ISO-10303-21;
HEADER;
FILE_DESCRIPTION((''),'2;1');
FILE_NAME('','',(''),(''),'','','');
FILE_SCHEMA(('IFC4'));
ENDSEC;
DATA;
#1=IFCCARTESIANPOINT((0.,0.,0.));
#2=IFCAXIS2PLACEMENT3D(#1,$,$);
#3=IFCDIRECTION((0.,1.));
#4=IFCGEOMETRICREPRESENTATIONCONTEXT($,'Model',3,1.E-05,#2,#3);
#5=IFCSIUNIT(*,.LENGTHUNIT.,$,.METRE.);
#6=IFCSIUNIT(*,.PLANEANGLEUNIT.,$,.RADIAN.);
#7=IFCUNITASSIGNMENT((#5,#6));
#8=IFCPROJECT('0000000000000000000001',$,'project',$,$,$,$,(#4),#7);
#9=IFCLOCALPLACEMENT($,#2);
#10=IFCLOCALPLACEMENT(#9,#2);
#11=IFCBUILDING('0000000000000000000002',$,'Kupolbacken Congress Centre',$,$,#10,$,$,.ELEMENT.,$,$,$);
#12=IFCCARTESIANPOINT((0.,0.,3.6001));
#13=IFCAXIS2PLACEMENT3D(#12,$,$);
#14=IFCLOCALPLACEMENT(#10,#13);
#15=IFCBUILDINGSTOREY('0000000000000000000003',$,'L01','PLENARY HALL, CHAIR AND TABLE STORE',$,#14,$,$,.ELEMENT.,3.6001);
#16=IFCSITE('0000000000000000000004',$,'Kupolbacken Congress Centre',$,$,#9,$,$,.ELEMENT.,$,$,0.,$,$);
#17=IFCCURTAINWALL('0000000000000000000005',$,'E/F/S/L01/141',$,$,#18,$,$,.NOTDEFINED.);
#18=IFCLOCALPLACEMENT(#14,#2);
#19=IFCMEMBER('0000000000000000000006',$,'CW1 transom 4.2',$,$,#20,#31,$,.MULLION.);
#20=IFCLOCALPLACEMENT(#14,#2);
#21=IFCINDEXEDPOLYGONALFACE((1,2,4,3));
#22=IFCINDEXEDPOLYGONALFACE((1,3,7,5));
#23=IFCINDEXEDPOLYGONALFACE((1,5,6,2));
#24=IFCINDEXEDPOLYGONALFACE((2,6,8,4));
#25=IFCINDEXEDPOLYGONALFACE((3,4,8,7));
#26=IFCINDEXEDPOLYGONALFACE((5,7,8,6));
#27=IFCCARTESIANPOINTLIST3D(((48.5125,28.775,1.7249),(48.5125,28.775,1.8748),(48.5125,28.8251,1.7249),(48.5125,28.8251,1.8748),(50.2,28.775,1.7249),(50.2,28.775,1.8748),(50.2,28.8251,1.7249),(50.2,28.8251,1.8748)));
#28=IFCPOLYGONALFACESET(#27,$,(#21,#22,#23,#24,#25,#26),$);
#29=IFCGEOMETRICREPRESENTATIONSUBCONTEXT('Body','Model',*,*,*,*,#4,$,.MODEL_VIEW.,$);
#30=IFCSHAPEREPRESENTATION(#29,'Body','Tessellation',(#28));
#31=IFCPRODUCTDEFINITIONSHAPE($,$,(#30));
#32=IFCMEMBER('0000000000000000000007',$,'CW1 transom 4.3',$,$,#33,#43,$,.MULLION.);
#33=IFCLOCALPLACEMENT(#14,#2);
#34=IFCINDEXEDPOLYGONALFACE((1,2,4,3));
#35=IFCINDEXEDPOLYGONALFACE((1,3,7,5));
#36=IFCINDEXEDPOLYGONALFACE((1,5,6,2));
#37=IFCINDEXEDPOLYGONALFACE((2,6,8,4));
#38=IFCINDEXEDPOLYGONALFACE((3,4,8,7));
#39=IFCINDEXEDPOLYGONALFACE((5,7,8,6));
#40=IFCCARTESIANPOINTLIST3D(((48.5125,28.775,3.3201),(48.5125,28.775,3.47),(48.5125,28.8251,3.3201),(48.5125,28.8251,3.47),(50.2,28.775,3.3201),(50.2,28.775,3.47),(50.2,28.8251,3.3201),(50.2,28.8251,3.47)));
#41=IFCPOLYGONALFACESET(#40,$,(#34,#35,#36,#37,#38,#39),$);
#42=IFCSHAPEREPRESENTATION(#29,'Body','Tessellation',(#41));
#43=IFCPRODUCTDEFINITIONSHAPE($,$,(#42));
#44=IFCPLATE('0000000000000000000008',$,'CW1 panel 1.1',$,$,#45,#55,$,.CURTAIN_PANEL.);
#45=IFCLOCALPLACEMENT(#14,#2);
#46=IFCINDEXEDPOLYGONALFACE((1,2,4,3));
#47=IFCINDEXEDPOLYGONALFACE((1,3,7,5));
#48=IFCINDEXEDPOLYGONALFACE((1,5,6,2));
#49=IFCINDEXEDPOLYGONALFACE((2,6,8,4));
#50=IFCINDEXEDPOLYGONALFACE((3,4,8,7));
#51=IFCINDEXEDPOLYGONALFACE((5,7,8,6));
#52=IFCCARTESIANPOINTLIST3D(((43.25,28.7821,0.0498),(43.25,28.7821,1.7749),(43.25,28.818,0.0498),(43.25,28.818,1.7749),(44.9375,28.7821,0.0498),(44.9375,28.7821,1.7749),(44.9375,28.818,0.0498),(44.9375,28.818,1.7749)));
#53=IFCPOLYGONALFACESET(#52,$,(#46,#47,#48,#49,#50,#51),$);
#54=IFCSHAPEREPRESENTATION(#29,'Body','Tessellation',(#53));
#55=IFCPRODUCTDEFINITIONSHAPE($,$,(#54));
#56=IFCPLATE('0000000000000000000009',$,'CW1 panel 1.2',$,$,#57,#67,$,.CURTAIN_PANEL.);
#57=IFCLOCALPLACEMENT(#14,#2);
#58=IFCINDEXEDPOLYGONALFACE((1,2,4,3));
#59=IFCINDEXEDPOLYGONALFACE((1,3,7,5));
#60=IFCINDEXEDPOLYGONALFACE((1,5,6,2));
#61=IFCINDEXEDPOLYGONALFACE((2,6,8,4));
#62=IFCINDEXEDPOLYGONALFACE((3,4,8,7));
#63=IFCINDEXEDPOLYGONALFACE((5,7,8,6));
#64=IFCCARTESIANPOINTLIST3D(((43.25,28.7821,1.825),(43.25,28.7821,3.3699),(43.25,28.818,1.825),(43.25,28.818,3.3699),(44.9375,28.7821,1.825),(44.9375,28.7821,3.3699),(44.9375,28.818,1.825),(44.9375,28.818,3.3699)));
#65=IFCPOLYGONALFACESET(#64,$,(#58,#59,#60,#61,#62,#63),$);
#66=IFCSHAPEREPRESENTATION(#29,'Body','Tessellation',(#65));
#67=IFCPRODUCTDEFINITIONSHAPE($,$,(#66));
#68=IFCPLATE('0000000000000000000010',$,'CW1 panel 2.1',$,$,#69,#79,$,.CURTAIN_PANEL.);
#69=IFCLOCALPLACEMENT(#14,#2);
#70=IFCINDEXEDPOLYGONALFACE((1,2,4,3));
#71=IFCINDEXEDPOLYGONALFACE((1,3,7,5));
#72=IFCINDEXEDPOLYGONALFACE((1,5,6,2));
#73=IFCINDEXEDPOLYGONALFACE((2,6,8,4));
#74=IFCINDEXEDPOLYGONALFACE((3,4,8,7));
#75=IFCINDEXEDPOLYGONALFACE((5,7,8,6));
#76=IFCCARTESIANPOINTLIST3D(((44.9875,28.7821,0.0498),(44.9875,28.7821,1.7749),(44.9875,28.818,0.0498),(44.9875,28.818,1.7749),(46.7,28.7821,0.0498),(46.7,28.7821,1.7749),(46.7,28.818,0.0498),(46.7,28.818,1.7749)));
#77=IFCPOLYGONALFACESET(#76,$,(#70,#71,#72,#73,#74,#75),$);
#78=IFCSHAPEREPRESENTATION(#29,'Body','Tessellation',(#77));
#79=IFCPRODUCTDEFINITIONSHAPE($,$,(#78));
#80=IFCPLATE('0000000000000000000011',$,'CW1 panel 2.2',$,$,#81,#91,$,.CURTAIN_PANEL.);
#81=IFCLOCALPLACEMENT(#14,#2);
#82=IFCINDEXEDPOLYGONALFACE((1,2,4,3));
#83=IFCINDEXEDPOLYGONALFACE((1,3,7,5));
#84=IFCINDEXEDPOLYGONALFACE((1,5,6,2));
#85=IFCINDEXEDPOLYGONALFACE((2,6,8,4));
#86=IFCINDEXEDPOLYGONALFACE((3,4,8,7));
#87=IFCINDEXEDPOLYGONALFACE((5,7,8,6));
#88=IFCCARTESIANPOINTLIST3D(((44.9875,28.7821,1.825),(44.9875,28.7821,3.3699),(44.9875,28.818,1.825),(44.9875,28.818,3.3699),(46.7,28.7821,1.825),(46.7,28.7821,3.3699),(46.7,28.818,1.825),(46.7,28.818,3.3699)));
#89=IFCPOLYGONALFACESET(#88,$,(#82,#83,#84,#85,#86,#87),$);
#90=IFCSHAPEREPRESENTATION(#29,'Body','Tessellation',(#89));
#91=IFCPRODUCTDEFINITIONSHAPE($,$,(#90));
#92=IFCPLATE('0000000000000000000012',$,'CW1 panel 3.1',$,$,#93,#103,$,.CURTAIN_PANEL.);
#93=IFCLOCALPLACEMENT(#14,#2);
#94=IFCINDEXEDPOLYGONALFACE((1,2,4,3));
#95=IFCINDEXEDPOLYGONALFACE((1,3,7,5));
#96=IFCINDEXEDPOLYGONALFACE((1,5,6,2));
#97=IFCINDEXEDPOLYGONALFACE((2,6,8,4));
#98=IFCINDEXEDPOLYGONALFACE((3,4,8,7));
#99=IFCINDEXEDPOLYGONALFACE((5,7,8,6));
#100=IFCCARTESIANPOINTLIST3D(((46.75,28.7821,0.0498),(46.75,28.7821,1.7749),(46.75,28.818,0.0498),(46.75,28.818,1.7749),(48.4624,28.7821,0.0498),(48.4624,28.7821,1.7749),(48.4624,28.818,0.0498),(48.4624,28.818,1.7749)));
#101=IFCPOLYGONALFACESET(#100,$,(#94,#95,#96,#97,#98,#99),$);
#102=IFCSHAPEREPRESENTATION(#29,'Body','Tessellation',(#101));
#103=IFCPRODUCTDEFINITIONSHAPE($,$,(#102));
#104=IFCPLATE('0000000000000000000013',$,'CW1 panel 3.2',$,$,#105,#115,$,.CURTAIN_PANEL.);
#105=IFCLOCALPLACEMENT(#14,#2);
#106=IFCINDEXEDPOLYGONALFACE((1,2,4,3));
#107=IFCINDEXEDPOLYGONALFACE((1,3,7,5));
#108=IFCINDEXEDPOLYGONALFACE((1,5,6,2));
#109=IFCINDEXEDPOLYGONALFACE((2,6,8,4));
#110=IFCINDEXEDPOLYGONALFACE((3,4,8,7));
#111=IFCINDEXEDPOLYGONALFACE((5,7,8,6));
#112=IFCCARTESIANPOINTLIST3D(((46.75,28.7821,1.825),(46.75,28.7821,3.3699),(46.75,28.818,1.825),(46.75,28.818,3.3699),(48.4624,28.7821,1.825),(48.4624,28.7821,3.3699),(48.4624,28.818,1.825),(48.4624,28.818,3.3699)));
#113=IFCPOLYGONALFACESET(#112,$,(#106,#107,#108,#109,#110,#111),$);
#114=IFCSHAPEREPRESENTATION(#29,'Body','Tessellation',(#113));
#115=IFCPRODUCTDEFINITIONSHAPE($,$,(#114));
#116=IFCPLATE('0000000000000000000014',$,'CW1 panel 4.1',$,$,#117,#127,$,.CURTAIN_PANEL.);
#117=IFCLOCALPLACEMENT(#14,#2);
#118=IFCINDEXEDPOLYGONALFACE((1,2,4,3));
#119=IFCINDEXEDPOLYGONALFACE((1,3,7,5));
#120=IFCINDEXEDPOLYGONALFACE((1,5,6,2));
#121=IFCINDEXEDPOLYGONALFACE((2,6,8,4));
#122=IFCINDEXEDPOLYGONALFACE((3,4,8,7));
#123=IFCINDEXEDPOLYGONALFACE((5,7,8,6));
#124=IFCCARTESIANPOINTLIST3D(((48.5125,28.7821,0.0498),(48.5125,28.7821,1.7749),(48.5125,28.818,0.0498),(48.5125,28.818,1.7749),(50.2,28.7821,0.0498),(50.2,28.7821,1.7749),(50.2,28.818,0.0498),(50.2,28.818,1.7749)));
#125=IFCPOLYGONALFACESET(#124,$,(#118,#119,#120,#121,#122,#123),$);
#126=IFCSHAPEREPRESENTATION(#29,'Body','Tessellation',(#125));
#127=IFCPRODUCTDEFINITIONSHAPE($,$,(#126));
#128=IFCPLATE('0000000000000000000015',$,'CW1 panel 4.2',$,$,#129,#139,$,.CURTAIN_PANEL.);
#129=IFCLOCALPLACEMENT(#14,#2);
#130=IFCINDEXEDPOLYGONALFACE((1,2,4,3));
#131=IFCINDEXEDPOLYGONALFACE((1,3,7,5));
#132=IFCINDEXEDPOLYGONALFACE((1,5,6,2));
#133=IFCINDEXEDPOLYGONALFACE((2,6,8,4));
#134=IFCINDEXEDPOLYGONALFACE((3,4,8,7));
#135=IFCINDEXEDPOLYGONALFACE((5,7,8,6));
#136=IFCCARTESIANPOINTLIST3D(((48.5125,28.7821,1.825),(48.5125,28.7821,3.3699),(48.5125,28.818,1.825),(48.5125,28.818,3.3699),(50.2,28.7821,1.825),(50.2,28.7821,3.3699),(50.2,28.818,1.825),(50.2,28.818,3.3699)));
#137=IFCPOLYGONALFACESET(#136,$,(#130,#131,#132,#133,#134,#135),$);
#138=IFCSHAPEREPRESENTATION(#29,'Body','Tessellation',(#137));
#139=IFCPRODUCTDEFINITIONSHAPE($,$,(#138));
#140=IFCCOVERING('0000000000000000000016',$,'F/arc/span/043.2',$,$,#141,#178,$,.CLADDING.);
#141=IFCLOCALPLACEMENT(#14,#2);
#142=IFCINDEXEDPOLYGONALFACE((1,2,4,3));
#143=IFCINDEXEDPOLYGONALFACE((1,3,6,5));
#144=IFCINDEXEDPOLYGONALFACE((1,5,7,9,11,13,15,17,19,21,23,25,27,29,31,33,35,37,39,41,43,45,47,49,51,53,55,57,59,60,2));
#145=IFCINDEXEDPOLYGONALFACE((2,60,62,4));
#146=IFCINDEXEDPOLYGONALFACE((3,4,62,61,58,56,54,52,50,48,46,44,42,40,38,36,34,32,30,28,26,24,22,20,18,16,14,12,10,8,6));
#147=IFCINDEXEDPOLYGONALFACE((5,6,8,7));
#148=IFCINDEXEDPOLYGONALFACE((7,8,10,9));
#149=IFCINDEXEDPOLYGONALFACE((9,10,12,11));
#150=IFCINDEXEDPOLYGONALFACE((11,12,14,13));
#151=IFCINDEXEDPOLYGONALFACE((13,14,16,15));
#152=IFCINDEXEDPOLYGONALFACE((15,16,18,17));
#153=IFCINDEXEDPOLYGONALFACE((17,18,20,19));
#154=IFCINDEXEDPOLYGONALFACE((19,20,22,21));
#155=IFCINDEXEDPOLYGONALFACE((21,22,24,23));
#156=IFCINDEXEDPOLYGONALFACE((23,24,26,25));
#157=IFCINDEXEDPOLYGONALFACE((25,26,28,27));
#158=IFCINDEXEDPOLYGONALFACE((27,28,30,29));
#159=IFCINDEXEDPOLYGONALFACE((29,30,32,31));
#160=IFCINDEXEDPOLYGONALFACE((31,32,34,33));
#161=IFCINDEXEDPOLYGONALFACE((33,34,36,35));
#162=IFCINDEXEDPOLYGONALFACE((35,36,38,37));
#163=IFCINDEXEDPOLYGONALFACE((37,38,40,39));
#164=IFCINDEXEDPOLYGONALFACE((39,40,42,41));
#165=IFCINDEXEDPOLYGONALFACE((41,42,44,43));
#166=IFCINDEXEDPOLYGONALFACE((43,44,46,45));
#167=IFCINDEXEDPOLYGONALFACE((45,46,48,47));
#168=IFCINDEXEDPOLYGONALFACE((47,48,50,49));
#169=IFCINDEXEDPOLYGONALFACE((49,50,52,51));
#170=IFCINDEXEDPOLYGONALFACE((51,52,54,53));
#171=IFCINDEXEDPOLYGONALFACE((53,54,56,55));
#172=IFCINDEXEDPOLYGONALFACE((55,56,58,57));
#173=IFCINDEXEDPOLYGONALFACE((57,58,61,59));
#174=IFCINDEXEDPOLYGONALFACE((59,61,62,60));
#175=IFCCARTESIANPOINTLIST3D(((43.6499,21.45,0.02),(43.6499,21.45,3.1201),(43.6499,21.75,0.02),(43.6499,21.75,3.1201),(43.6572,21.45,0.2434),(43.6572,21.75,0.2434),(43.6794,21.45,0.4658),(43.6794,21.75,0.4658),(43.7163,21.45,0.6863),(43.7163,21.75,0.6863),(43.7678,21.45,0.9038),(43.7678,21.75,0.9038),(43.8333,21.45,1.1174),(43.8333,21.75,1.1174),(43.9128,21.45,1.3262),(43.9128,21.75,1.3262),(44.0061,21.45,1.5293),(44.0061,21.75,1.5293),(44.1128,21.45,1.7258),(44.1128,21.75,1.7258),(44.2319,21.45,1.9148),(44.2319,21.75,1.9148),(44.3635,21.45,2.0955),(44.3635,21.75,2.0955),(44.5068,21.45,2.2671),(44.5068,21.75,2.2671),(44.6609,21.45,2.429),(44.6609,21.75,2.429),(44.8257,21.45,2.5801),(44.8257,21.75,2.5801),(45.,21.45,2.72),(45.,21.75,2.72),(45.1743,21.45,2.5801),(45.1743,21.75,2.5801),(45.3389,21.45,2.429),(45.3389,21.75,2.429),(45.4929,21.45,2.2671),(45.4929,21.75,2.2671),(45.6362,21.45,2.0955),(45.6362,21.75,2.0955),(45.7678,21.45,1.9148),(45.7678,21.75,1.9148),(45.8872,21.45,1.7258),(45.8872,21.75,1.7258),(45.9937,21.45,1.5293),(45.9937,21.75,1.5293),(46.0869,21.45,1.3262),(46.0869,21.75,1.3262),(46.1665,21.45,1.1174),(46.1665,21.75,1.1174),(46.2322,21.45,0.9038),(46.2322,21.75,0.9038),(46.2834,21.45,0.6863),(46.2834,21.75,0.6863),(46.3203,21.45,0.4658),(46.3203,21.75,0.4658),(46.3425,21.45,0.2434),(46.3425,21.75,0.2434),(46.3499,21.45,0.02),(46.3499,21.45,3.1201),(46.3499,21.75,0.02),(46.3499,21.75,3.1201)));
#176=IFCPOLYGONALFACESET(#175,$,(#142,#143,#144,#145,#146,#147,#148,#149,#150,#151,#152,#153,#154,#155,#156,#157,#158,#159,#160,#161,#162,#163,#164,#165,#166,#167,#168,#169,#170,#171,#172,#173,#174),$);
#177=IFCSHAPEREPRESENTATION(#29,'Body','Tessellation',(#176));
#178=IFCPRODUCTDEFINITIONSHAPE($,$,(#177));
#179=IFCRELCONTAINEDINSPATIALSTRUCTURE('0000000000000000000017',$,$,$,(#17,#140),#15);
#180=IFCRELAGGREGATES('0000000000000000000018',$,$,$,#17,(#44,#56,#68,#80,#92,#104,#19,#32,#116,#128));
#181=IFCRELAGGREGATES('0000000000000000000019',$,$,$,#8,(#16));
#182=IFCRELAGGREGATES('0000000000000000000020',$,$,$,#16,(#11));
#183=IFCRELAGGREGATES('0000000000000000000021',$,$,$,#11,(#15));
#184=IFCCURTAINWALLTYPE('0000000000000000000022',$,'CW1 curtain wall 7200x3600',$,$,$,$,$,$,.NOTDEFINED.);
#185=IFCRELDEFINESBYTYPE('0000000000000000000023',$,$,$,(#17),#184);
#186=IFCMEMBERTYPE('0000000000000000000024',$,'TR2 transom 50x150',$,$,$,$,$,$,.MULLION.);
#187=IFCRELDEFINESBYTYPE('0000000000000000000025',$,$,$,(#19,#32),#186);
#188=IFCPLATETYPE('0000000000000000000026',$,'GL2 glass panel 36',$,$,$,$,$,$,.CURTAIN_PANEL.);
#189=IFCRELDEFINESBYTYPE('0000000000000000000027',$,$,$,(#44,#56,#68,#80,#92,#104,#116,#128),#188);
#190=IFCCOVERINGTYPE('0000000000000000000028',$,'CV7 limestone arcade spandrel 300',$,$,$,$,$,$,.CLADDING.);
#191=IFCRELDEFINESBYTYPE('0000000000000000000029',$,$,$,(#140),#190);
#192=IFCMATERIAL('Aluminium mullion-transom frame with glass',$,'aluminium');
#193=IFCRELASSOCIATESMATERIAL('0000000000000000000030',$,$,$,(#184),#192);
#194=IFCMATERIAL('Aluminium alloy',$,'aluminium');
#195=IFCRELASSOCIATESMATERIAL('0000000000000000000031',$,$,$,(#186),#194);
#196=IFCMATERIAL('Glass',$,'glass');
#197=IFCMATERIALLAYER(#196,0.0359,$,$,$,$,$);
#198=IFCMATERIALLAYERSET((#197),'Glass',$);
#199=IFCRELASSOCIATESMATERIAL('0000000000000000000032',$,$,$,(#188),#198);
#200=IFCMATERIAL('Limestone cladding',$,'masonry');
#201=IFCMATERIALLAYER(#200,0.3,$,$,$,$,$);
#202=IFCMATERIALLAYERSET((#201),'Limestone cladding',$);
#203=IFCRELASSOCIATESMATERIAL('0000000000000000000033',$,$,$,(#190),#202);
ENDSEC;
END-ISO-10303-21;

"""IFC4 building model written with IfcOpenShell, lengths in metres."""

from ifc_helpers import new_model, si_unit, direction, frame, origin, origin_2d, place, context, subcontext, project, spatial, polyline, rectangle, outline, extrude, material, layer, layer_set, material_profile, profile_set, type_object, element, aggregate, save


model = new_model("IFC4")

# Units and contexts
model_context = context("Model", 3, precision=1e-05, world=origin(), true_north=direction((0.0, 1.0)))
body_context = subcontext(model_context, "Body", "Model", "MODEL_VIEW")
ifc_project = project(units=[si_unit("LENGTHUNIT", "METRE"), si_unit("PLANEANGLEUNIT", "RADIAN")], contexts=[model_context])

# Site, building, storey
site_placement = place(None, origin())
site = spatial("IfcSite", under=ifc_project, at=site_placement, Name="Kupolbacken Congress Centre", CompositionType="ELEMENT", RefElevation=0.0)
building_placement = place(site_placement, origin())
building = spatial("IfcBuilding", under=site, at=building_placement, Name="Kupolbacken Congress Centre", CompositionType="ELEMENT")
storey_placement = place(building_placement, frame((0.0, 0.0, 3.6001)))
storey = spatial("IfcBuildingStorey", under=building, at=storey_placement, Name="L01", Description="PLENARY HALL, CHAIR AND TABLE STORE", CompositionType="ELEMENT", Elevation=3.6001)

# Curtain wall, members, plates
ifc_material_1 = material(Name="Aluminium mullion-transom frame with glass", Category="aluminium")
curtain_wall_type = type_object("IfcCurtainWallType", Name="CW1 curtain wall 7200x3600", PredefinedType="NOTDEFINED", material=ifc_material_1)
curtain_wall_placement = place(storey_placement, origin())
curtain_wall = element("IfcCurtainWall", 1, at=curtain_wall_placement, inside=storey, type_object=curtain_wall_type, Name="E/F/S/L01/141", PredefinedType="NOTDEFINED")
ifc_material_2 = material(Name="Aluminium alloy", Category="aluminium")
ifc_material_profile_1 = material_profile(ifc_material_2, rectangle(XDim=0.05, YDim=0.1499, at=origin_2d()), Name="50 x 150")
ifc_profile_set_1 = profile_set([ifc_material_profile_1], Name="Aluminium alloy")
member_type_1 = type_object("IfcMemberType", Name="TR2 transom 50x150", PredefinedType="MULLION", material=ifc_profile_set_1)
member_1_placement = place(storey_placement, frame((48.5125, 28.8, 1.7998), z_axis=(1.0, 0.0, 0.0), x_axis=(0.0, 1.0, 0.0)))
member_1 = element("IfcMember", 2, at=member_1_placement, type_object=member_type_1, Name="CW1 transom 4.2", PredefinedType="MULLION", context=body_context, shape_type="SweptSolid", body=[
    extrude(rectangle(XDim=0.05, YDim=0.1499, at=origin_2d()), origin(), (0.0, 0.0, 1.0), 1.6875),
])
member_2_placement = place(storey_placement, frame((48.5125, 28.8, 3.395), z_axis=(1.0, 0.0, 0.0), x_axis=(0.0, 1.0, 0.0)))
member_2 = element("IfcMember", 3, at=member_2_placement, type_object=member_type_1, Name="CW1 transom 4.3", PredefinedType="MULLION", context=body_context, shape_type="SweptSolid", body=[
    extrude(rectangle(XDim=0.05, YDim=0.1499, at=origin_2d()), origin(), (0.0, 0.0, 1.0), 1.6875),
])
ifc_material_3 = material(Name="Glass", Category="glass")
ifc_layer_1 = layer(ifc_material_3, 0.0359)
ifc_layer_set_1 = layer_set([ifc_layer_1], Name="Glass")
plate_type = type_object("IfcPlateType", Name="GL2 glass panel 36", PredefinedType="CURTAIN_PANEL", material=ifc_layer_set_1)
plate_1_placement = place(storey_placement, frame((44.0938, 28.8, 0.0498), z_axis=(0.0, 0.0, 1.0), x_axis=(1.0, 0.0, 0.0)))
plate_1 = element("IfcPlate", 4, at=plate_1_placement, type_object=plate_type, Name="CW1 panel 1.1", PredefinedType="CURTAIN_PANEL", context=body_context, shape_type="SweptSolid", body=[
    extrude(rectangle(XDim=1.6875, YDim=0.0359, at=origin_2d()), origin(), (0.0, 0.0, 1.0), 1.7251),
])
plate_2_placement = place(storey_placement, frame((44.0938, 28.8, 1.825), z_axis=(0.0, 0.0, 1.0), x_axis=(1.0, 0.0, 0.0)))
plate_2 = element("IfcPlate", 5, at=plate_2_placement, type_object=plate_type, Name="CW1 panel 1.2", PredefinedType="CURTAIN_PANEL", context=body_context, shape_type="SweptSolid", body=[
    extrude(rectangle(XDim=1.6875, YDim=0.0359, at=origin_2d()), origin(), (0.0, 0.0, 1.0), 1.5449),
])
plate_3_placement = place(storey_placement, frame((45.8438, 28.8, 0.0498), z_axis=(0.0, 0.0, 1.0), x_axis=(1.0, 0.0, 0.0)))
plate_3 = element("IfcPlate", 6, at=plate_3_placement, type_object=plate_type, Name="CW1 panel 2.1", PredefinedType="CURTAIN_PANEL", context=body_context, shape_type="SweptSolid", body=[
    extrude(rectangle(XDim=1.7124, YDim=0.0359, at=origin_2d()), origin(), (0.0, 0.0, 1.0), 1.7251),
])
plate_4_placement = place(storey_placement, frame((45.8438, 28.8, 1.825), z_axis=(0.0, 0.0, 1.0), x_axis=(1.0, 0.0, 0.0)))
plate_4 = element("IfcPlate", 7, at=plate_4_placement, type_object=plate_type, Name="CW1 panel 2.2", PredefinedType="CURTAIN_PANEL", context=body_context, shape_type="SweptSolid", body=[
    extrude(rectangle(XDim=1.7124, YDim=0.0359, at=origin_2d()), origin(), (0.0, 0.0, 1.0), 1.5449),
])
plate_5_placement = place(storey_placement, frame((47.6062, 28.8, 0.0498), z_axis=(0.0, 0.0, 1.0), x_axis=(1.0, 0.0, 0.0)))
plate_5 = element("IfcPlate", 8, at=plate_5_placement, type_object=plate_type, Name="CW1 panel 3.1", PredefinedType="CURTAIN_PANEL", context=body_context, shape_type="SweptSolid", body=[
    extrude(rectangle(XDim=1.7124, YDim=0.0359, at=origin_2d()), origin(), (0.0, 0.0, 1.0), 1.7251),
])
plate_6_placement = place(storey_placement, frame((47.6062, 28.8, 1.825), z_axis=(0.0, 0.0, 1.0), x_axis=(1.0, 0.0, 0.0)))
plate_6 = element("IfcPlate", 9, at=plate_6_placement, type_object=plate_type, Name="CW1 panel 3.2", PredefinedType="CURTAIN_PANEL", context=body_context, shape_type="SweptSolid", body=[
    extrude(rectangle(XDim=1.7124, YDim=0.0359, at=origin_2d()), origin(), (0.0, 0.0, 1.0), 1.5449),
])
plate_7_placement = place(storey_placement, frame((49.3562, 28.8, 0.0498), z_axis=(0.0, 0.0, 1.0), x_axis=(1.0, 0.0, 0.0)))
plate_7 = element("IfcPlate", 10, at=plate_7_placement, type_object=plate_type, Name="CW1 panel 4.1", PredefinedType="CURTAIN_PANEL", context=body_context, shape_type="SweptSolid", body=[
    extrude(rectangle(XDim=1.6875, YDim=0.0359, at=origin_2d()), origin(), (0.0, 0.0, 1.0), 1.7251),
])
plate_8_placement = place(storey_placement, frame((49.3562, 28.8, 1.825), z_axis=(0.0, 0.0, 1.0), x_axis=(1.0, 0.0, 0.0)))
plate_8 = element("IfcPlate", 11, at=plate_8_placement, type_object=plate_type, Name="CW1 panel 4.2", PredefinedType="CURTAIN_PANEL", context=body_context, shape_type="SweptSolid", body=[
    extrude(rectangle(XDim=1.6875, YDim=0.0359, at=origin_2d()), origin(), (0.0, 0.0, 1.0), 1.5449),
])
aggregate(curtain_wall, [plate_1, plate_2, plate_3, plate_4, plate_5, plate_6, member_1, member_2, plate_7, plate_8])

# Covering
ifc_material_4 = material(Name="Limestone cladding", Category="masonry")
ifc_layer_2 = layer(ifc_material_4, 0.3)
ifc_layer_set_2 = layer_set([ifc_layer_2], Name="Limestone cladding")
covering_type = type_object("IfcCoveringType", Name="CV7 limestone arcade spandrel 300", PredefinedType="CLADDING", material=ifc_layer_set_2)
covering_1_placement = place(storey_placement, frame((43.6499, 21.45, 0.02), z_axis=(0.0, 1.0, 0.0), x_axis=(-1.0, 0.0, 0.0)))
element("IfcCovering", 12, at=covering_1_placement, inside=storey, type_object=covering_type, Name="F/arc/span/043.2", PredefinedType="CLADDING", context=body_context, shape_type="SweptSolid", body=[
    extrude(outline(polyline([(0.0, 0.0), (0.0, 3.1001), (-2.7, 3.1001), (-2.7, 0.0), (-2.6926, 0.2234), (-2.6704, 0.4458), (-2.6335, 0.6663), (-2.5823, 0.8838), (-2.5166, 1.0974), (-2.437, 1.3062), (-2.3438, 1.5093), (-2.2373, 1.7058), (-2.1179, 1.8948), (-1.9863, 2.0754), (-1.843, 2.2471), (-1.689, 2.4089), (-1.5244, 2.5601), (-1.3501, 2.7), (-1.1758, 2.5601), (-1.011, 2.4089), (-0.8569, 2.2471), (-0.7136, 2.0754), (-0.582, 1.8948), (-0.4629, 1.7058), (-0.3562, 1.5093), (-0.2629, 1.3062), (-0.1833, 1.0974), (-0.1179, 0.8838), (-0.0664, 0.6663), (-0.0295, 0.4458), (-0.0073, 0.2234), (0.0, 0.0)])), origin(), (0.0, 0.0, 1.0), 0.3),
])

save(model, "model.ifc")
